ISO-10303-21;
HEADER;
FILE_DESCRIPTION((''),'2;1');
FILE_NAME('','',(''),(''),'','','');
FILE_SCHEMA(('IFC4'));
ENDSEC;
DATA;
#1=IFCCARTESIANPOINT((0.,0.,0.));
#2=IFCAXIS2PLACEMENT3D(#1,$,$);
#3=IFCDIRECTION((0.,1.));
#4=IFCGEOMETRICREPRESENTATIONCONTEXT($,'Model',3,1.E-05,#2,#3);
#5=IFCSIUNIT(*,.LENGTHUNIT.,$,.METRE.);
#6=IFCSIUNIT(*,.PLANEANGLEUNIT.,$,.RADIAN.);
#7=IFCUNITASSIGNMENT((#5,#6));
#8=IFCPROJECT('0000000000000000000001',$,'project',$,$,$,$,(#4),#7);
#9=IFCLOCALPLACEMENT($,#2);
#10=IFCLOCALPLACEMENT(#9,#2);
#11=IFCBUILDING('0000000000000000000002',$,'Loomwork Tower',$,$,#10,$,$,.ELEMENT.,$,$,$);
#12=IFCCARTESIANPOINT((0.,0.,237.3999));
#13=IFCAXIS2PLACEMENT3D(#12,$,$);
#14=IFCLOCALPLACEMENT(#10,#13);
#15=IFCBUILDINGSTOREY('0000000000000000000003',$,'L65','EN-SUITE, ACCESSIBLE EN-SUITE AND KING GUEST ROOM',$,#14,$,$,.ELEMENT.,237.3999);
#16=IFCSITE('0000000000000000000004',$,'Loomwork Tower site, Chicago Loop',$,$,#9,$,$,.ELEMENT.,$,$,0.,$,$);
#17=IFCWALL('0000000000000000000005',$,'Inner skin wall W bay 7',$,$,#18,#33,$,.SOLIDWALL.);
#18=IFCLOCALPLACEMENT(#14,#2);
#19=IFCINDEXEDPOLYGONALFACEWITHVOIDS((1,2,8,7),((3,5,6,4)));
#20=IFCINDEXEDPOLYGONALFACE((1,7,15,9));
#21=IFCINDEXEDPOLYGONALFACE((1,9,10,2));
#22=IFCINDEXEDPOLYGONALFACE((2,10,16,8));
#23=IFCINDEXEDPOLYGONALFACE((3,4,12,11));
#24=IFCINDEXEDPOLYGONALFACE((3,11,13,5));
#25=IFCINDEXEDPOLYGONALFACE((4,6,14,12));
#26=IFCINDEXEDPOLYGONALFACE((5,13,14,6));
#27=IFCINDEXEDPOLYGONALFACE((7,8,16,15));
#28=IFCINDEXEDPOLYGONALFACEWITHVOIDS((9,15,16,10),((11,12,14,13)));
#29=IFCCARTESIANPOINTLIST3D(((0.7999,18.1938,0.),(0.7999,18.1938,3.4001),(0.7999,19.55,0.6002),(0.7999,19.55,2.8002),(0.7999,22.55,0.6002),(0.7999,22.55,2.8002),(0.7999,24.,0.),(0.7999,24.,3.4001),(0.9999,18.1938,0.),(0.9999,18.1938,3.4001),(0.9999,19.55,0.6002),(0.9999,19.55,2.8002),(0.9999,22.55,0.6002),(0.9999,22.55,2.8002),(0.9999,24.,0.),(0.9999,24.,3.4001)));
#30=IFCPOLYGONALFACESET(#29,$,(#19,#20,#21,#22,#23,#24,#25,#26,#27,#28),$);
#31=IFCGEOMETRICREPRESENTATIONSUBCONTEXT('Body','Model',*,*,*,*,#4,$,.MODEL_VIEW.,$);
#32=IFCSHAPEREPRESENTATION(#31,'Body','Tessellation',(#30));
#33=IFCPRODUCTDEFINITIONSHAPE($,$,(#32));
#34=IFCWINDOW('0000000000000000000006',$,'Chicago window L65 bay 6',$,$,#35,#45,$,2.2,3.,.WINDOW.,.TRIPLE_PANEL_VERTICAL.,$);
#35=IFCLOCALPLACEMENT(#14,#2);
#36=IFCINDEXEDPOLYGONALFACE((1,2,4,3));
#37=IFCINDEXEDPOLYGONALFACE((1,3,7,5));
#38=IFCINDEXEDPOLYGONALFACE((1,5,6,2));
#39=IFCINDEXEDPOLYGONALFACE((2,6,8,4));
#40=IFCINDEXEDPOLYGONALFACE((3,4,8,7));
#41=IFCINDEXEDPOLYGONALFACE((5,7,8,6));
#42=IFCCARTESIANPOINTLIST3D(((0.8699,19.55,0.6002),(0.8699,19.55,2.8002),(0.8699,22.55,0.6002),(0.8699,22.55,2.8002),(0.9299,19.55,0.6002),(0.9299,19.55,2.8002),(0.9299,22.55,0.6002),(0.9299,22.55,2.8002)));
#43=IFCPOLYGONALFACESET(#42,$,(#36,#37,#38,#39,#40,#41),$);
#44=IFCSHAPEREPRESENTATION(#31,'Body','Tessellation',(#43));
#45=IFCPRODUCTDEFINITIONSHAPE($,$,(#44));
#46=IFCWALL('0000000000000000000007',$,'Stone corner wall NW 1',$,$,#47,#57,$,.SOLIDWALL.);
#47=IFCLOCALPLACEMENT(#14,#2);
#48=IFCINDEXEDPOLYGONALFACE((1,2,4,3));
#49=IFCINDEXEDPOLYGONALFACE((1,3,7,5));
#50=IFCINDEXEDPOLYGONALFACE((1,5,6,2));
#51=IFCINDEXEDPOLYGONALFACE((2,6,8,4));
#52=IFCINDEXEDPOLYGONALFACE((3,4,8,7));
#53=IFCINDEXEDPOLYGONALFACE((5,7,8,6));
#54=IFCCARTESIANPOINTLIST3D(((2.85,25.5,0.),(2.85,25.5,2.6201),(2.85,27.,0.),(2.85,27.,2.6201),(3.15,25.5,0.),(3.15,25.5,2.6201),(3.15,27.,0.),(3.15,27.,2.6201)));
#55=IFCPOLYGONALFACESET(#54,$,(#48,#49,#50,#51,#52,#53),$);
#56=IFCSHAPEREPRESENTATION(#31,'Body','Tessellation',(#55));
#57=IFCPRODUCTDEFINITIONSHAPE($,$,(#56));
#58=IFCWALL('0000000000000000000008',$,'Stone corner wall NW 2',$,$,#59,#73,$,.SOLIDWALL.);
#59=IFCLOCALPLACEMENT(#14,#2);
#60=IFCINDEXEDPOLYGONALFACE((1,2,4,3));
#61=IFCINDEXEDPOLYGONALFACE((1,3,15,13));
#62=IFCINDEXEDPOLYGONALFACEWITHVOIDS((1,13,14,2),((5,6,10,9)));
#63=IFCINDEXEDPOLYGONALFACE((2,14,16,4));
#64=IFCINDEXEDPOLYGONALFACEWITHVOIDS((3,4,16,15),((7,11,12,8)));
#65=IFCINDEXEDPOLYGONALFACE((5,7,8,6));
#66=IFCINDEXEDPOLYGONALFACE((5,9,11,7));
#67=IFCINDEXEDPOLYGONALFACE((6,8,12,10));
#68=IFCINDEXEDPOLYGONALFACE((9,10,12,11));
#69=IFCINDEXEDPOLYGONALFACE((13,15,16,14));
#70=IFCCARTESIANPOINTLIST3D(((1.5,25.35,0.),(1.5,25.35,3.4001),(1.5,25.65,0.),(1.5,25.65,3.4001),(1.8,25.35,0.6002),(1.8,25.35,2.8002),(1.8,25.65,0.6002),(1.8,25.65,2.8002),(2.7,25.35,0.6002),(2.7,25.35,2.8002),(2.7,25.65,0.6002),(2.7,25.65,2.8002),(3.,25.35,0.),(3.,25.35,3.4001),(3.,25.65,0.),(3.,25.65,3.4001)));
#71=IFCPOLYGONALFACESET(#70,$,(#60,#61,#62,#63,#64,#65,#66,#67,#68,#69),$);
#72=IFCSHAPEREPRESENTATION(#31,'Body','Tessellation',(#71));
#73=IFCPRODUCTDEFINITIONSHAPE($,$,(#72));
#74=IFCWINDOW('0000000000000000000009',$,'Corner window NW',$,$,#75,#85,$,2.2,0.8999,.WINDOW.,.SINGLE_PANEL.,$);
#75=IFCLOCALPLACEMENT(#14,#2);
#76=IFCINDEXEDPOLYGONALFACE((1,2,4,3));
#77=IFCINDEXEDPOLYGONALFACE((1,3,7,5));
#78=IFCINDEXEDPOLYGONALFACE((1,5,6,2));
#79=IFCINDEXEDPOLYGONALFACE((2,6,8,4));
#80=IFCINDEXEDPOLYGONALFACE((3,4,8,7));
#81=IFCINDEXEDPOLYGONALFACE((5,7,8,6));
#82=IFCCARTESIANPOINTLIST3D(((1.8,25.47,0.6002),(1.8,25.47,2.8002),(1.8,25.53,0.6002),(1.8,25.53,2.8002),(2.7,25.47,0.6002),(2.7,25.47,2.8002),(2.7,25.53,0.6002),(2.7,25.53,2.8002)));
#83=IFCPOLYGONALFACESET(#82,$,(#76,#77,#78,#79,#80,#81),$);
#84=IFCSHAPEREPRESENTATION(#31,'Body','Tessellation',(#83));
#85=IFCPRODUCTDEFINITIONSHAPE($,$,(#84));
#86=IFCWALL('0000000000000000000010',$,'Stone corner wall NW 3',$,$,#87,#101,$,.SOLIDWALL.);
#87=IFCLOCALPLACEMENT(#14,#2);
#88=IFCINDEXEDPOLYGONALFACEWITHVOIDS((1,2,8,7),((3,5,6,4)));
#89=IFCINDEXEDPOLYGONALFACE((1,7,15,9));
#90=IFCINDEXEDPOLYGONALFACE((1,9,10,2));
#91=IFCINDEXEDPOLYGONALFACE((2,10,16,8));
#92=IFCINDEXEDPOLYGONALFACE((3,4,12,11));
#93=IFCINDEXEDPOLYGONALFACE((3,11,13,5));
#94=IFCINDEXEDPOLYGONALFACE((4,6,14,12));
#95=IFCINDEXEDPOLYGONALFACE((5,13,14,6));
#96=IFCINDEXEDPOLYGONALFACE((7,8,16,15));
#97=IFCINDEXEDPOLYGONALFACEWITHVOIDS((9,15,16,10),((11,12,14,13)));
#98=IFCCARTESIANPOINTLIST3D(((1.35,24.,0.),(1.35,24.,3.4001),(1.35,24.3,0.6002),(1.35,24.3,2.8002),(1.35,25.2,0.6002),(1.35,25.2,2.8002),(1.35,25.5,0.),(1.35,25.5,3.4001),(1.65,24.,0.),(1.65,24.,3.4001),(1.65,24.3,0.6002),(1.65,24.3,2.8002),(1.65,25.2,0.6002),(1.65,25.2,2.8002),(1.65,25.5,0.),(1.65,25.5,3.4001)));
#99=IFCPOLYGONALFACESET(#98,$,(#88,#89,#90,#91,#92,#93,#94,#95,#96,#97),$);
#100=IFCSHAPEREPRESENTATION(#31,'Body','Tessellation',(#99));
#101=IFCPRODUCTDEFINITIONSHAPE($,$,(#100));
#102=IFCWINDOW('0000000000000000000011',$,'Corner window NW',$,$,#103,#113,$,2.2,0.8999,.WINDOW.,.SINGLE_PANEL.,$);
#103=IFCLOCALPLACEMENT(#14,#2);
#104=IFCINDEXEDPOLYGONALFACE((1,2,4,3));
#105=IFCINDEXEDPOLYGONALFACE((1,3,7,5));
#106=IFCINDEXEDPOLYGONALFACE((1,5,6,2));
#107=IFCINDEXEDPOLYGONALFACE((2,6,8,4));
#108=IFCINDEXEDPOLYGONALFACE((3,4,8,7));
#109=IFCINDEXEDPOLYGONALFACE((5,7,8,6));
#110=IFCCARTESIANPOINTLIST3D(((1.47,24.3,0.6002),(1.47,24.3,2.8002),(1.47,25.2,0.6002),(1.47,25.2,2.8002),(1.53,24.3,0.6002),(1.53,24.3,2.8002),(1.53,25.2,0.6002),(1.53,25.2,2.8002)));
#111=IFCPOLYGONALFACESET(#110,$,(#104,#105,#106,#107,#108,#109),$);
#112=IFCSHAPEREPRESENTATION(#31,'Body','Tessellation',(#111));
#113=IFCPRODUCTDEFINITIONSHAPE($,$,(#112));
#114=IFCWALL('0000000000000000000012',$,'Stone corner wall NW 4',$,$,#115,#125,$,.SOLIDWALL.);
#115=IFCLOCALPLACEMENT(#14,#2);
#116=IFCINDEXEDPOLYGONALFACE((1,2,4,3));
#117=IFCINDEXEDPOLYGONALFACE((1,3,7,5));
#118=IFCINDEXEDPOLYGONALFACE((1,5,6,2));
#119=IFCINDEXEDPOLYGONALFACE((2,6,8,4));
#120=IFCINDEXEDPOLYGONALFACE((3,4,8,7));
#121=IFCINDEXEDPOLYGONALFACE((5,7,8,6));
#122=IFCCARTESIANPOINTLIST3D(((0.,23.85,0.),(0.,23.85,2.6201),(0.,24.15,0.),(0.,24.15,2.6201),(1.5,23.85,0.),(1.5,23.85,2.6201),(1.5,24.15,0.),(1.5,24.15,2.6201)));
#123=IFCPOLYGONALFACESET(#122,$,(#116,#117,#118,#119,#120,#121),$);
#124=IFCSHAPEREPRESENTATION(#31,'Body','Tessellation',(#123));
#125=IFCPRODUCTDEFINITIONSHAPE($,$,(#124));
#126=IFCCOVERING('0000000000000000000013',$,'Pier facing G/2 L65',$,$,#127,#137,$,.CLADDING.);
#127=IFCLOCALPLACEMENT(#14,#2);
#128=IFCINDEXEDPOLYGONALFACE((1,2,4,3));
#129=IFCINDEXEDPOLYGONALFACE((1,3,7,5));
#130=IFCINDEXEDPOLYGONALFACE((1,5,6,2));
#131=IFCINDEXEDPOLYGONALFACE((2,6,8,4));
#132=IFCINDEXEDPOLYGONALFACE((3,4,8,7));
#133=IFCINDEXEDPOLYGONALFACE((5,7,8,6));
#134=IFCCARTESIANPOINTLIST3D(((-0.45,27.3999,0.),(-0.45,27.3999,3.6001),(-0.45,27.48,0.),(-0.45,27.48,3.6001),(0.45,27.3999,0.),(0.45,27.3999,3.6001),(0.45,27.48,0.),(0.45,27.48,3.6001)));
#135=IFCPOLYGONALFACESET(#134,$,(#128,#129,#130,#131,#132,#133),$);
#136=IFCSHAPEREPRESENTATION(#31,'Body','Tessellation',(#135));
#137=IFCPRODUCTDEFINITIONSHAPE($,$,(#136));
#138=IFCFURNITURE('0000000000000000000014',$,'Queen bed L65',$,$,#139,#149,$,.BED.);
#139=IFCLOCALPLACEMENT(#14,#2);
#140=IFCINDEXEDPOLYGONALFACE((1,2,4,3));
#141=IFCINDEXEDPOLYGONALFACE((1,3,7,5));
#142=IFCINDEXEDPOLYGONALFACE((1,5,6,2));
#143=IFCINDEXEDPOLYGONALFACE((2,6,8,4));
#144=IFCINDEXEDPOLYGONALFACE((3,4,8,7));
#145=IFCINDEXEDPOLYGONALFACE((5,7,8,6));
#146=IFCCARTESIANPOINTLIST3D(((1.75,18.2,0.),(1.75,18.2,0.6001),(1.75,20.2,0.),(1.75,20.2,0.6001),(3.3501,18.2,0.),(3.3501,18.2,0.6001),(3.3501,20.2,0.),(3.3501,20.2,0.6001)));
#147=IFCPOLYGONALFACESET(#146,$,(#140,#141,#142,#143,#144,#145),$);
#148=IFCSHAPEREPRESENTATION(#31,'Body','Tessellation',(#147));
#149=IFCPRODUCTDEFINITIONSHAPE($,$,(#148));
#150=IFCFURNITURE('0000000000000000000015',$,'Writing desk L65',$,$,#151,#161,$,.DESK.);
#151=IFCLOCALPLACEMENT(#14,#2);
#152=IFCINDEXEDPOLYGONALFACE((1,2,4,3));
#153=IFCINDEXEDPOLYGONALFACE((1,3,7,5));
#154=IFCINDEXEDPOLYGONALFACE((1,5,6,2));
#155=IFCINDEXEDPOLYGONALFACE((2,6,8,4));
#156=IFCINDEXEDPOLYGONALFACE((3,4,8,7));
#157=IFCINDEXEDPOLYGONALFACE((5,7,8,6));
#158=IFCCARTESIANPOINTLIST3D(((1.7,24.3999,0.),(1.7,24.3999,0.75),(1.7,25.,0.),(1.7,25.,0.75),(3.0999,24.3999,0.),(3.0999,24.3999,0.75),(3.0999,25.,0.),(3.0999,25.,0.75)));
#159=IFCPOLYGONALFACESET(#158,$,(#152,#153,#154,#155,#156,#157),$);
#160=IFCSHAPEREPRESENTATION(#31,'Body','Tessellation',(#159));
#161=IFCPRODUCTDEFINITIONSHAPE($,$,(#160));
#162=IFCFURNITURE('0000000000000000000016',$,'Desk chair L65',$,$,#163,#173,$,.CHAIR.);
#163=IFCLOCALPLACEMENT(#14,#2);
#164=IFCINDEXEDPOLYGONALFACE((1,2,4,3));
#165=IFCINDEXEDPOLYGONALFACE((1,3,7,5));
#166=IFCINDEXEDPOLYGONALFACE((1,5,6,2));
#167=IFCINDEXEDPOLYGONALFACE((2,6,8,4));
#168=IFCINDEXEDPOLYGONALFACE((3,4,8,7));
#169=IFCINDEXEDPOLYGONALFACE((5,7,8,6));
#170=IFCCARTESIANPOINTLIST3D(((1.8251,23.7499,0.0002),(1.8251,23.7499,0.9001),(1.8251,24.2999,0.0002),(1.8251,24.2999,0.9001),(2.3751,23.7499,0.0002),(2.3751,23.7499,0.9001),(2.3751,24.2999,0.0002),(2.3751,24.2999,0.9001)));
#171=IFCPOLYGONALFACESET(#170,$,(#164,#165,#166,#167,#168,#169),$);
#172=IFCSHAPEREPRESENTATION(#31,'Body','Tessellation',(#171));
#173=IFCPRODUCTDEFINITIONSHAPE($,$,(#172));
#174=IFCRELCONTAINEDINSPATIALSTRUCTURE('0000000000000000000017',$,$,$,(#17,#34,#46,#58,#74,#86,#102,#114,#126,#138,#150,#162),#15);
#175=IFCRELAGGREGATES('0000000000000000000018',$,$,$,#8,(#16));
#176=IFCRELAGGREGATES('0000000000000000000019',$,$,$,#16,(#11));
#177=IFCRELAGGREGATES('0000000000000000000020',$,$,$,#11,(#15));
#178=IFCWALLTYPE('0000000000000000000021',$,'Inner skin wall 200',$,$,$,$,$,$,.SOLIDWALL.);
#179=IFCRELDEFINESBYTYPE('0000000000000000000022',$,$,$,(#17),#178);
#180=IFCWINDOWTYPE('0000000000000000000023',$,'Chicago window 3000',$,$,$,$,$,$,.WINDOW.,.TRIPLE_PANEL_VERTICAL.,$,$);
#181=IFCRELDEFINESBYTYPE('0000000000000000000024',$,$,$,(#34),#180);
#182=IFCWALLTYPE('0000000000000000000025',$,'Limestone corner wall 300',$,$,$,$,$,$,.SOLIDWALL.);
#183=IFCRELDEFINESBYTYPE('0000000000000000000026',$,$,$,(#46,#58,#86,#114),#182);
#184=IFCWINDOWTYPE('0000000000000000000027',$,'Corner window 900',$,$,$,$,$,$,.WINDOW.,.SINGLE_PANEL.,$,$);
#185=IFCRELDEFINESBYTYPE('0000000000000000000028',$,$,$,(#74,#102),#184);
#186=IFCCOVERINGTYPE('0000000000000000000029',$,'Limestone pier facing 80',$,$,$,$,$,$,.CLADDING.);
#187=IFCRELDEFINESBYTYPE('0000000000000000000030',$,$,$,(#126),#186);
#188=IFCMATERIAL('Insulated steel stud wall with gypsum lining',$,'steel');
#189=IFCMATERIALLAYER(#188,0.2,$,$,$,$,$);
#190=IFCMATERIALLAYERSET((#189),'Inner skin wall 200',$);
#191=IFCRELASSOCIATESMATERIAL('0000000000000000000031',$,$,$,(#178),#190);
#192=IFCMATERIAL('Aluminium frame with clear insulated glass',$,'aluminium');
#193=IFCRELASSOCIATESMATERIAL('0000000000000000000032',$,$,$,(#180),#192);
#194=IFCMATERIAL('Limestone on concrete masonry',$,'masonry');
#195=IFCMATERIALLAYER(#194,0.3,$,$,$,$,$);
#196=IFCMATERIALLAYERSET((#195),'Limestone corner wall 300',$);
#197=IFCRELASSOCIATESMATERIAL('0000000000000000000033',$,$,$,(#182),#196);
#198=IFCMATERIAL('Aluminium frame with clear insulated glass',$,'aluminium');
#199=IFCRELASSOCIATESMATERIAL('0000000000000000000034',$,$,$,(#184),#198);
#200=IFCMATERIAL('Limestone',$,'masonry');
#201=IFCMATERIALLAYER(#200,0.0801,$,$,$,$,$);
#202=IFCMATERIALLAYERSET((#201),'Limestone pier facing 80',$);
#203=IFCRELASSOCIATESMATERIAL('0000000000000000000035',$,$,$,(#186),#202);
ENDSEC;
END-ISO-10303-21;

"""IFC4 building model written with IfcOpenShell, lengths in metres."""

from ifc_helpers import new_model, si_unit, direction, frame, frame_2d, origin, origin_2d, place, context, subcontext, project, spatial, rectangle, extrude, material, layer, layer_set, type_object, element, fill, save


model = new_model("IFC4")

# Units and contexts
model_context = context("Model", 3, precision=1e-05, world=origin(), true_north=direction((0.0, 1.0)))
body_context = subcontext(model_context, "Body", "Model", "MODEL_VIEW")
ifc_project = project(units=[si_unit("LENGTHUNIT", "METRE"), si_unit("PLANEANGLEUNIT", "RADIAN")], contexts=[model_context])

# Site, building, storey
site_placement = place(None, origin())
site = spatial("IfcSite", under=ifc_project, at=site_placement, Name="Loomwork Tower site, Chicago Loop", CompositionType="ELEMENT", RefElevation=0.0)
building_placement = place(site_placement, origin())
building = spatial("IfcBuilding", under=site, at=building_placement, Name="Loomwork Tower", CompositionType="ELEMENT")
storey_placement = place(building_placement, frame((0.0, 0.0, 237.3999)))
storey = spatial("IfcBuildingStorey", under=building, at=storey_placement, Name="L65", Description="EN-SUITE, ACCESSIBLE EN-SUITE AND KING GUEST ROOM", CompositionType="ELEMENT", Elevation=237.3999)

# Wall, opening, window
ifc_material_1 = material(Name="Insulated steel stud wall with gypsum lining", Category="steel")
ifc_layer_1 = layer(ifc_material_1, 0.2)
ifc_layer_set_1 = layer_set([ifc_layer_1], Name="Inner skin wall 200")
wall_type_1 = type_object("IfcWallType", Name="Inner skin wall 200", PredefinedType="SOLIDWALL", material=ifc_layer_set_1)
wall_1_placement = place(storey_placement, frame((0.8999, 18.1938, 0.0), z_axis=(0.0, 0.0, 1.0), x_axis=(0.0, 1.0, 0.0)))
wall_1 = element("IfcWall", 1, at=wall_1_placement, inside=storey, type_object=wall_type_1, Name="Inner skin wall W bay 7", PredefinedType="SOLIDWALL", context=body_context, shape_type="SweptSolid", body=[
    extrude(rectangle(XDim=5.8062, YDim=0.2, at=frame_2d((2.9031, 0.0))), origin(), (0.0, 0.0, 1.0), 3.4001),
])
opening_1_placement = place(wall_1_placement, frame((1.3562, 0.0, 0.6001)))
opening_1 = element("IfcOpeningElement", 2, at=opening_1_placement, cuts=wall_1, PredefinedType="OPENING", context=body_context, shape_type="SweptSolid", body=[
    extrude(rectangle(XDim=3.0, YDim=2.2, at=frame_2d((1.5, 1.1001))), frame((0.0, 0.1099, 0.0), z_axis=(0.0, -1.0, 0.0), x_axis=(1.0, 0.0, 0.0)), (0.0, 0.0, 1.0), 0.22),
])
ifc_material_2 = material(Name="Aluminium frame with clear insulated glass", Category="aluminium")
window_type_1 = type_object("IfcWindowType", Name="Chicago window 3000", PartitioningType="TRIPLE_PANEL_VERTICAL", PredefinedType="WINDOW", material=ifc_material_2)
window_1_placement = place(opening_1_placement, origin())
window_1 = element("IfcWindow", 3, at=window_1_placement, inside=storey, type_object=window_type_1, Name="Chicago window L65 bay 6", OverallHeight=2.2, OverallWidth=3.0, PartitioningType="TRIPLE_PANEL_VERTICAL", PredefinedType="WINDOW", context=body_context, shape_type="SweptSolid", body=[
    extrude(rectangle(XDim=3.0, YDim=2.2, at=frame_2d((1.5, 1.1001))), frame((0.0, 0.03, 0.0), z_axis=(0.0, -1.0, 0.0), x_axis=(1.0, 0.0, 0.0)), (0.0, 0.0, 1.0), 0.0601),
])
fill(opening_1, window_1)

# Wall
ifc_material_3 = material(Name="Limestone on concrete masonry", Category="masonry")
ifc_layer_2 = layer(ifc_material_3, 0.3)
ifc_layer_set_2 = layer_set([ifc_layer_2], Name="Limestone corner wall 300")
wall_type_2 = type_object("IfcWallType", Name="Limestone corner wall 300", PredefinedType="SOLIDWALL", material=ifc_layer_set_2)
wall_2_placement = place(storey_placement, frame((3.0, 27.0, 0.0), z_axis=(0.0, 0.0, 1.0), x_axis=(0.0, -1.0, 0.0)))
element("IfcWall", 4, at=wall_2_placement, inside=storey, type_object=wall_type_2, Name="Stone corner wall NW 1", PredefinedType="SOLIDWALL", context=body_context, shape_type="SweptSolid", body=[
    extrude(rectangle(XDim=1.5, YDim=0.3, at=frame_2d((0.75, 0.0))), origin(), (0.0, 0.0, 1.0), 2.6201),
])

# Walls, openings, windows
wall_3_placement = place(storey_placement, frame((3.0, 25.5, 0.0), z_axis=(0.0, 0.0, 1.0), x_axis=(-1.0, 0.0, 0.0)))
wall_3 = element("IfcWall", 5, at=wall_3_placement, inside=storey, type_object=wall_type_2, Name="Stone corner wall NW 2", PredefinedType="SOLIDWALL", context=body_context, shape_type="SweptSolid", body=[
    extrude(rectangle(XDim=1.5, YDim=0.3, at=frame_2d((0.75, 0.0))), origin(), (0.0, 0.0, 1.0), 3.4001),
])
opening_2_placement = place(wall_3_placement, frame((0.3, 0.0, 0.6001)))
opening_2 = element("IfcOpeningElement", 6, at=opening_2_placement, cuts=wall_3, PredefinedType="OPENING", context=body_context, shape_type="SweptSolid", body=[
    extrude(rectangle(XDim=0.8999, YDim=2.2, at=frame_2d((0.45, 1.1001))), frame((0.0, 0.1599, 0.0), z_axis=(0.0, -1.0, 0.0), x_axis=(1.0, 0.0, 0.0)), (0.0, 0.0, 1.0), 0.3201),
])
ifc_material_4 = material(Name="Aluminium frame with clear insulated glass", Category="aluminium")
window_type_2 = type_object("IfcWindowType", Name="Corner window 900", PartitioningType="SINGLE_PANEL", PredefinedType="WINDOW", material=ifc_material_4)
window_2_placement = place(opening_2_placement, origin())
window_2 = element("IfcWindow", 7, at=window_2_placement, inside=storey, type_object=window_type_2, Name="Corner window NW", OverallHeight=2.2, OverallWidth=0.8999, PartitioningType="SINGLE_PANEL", PredefinedType="WINDOW", context=body_context, shape_type="SweptSolid", body=[
    extrude(rectangle(XDim=0.8999, YDim=2.2, at=frame_2d((0.45, 1.1001))), frame((0.0, 0.03, 0.0), z_axis=(0.0, -1.0, 0.0), x_axis=(1.0, 0.0, 0.0)), (0.0, 0.0, 1.0), 0.0601),
])
fill(opening_2, window_2)
wall_4_placement = place(storey_placement, frame((1.5, 25.5, 0.0), z_axis=(0.0, 0.0, 1.0), x_axis=(0.0, -1.0, 0.0)))
wall_4 = element("IfcWall", 8, at=wall_4_placement, inside=storey, type_object=wall_type_2, Name="Stone corner wall NW 3", PredefinedType="SOLIDWALL", context=body_context, shape_type="SweptSolid", body=[
    extrude(rectangle(XDim=1.5, YDim=0.3, at=frame_2d((0.75, 0.0))), origin(), (0.0, 0.0, 1.0), 3.4001),
])
opening_3_placement = place(wall_4_placement, frame((0.3, 0.0, 0.6001)))
opening_3 = element("IfcOpeningElement", 9, at=opening_3_placement, cuts=wall_4, PredefinedType="OPENING", context=body_context, shape_type="SweptSolid", body=[
    extrude(rectangle(XDim=0.8999, YDim=2.2, at=frame_2d((0.45, 1.1001))), frame((0.0, 0.1599, 0.0), z_axis=(0.0, -1.0, 0.0), x_axis=(1.0, 0.0, 0.0)), (0.0, 0.0, 1.0), 0.3201),
])
window_3_placement = place(opening_3_placement, origin())
window_3 = element("IfcWindow", 10, at=window_3_placement, inside=storey, type_object=window_type_2, Name="Corner window NW", OverallHeight=2.2, OverallWidth=0.8999, PartitioningType="SINGLE_PANEL", PredefinedType="WINDOW", context=body_context, shape_type="SweptSolid", body=[
    extrude(rectangle(XDim=0.8999, YDim=2.2, at=frame_2d((0.45, 1.1001))), frame((0.0, 0.03, 0.0), z_axis=(0.0, -1.0, 0.0), x_axis=(1.0, 0.0, 0.0)), (0.0, 0.0, 1.0), 0.0601),
])
fill(opening_3, window_3)

# Wall
wall_5_placement = place(storey_placement, frame((1.5, 24.0, 0.0), z_axis=(0.0, 0.0, 1.0), x_axis=(-1.0, 0.0, 0.0)))
element("IfcWall", 11, at=wall_5_placement, inside=storey, type_object=wall_type_2, Name="Stone corner wall NW 4", PredefinedType="SOLIDWALL", context=body_context, shape_type="SweptSolid", body=[
    extrude(rectangle(XDim=1.5, YDim=0.3, at=frame_2d((0.75, 0.0))), origin(), (0.0, 0.0, 1.0), 2.6201),
])

# Covering
ifc_material_5 = material(Name="Limestone", Category="masonry")
ifc_layer_3 = layer(ifc_material_5, 0.0801)
ifc_layer_set_3 = layer_set([ifc_layer_3], Name="Limestone pier facing 80")
covering_type = type_object("IfcCoveringType", Name="Limestone pier facing 80", PredefinedType="CLADDING", material=ifc_layer_set_3)
covering_placement = place(storey_placement, frame((0.0, 27.4399, 0.0), z_axis=(0.0, 0.0, 1.0), x_axis=(1.0, 0.0, 0.0)))
element("IfcCovering", 12, at=covering_placement, inside=storey, type_object=covering_type, Name="Pier facing G/2 L65", PredefinedType="CLADDING", context=body_context, shape_type="SweptSolid", body=[
    extrude(rectangle(XDim=0.8999, YDim=0.0801, at=origin_2d()), origin(), (0.0, 0.0, 1.0), 3.6001),
])

# Furniture
furniture_1_placement = place(storey_placement, frame((2.55, 19.2, 0.0), z_axis=(0.0, 0.0, 1.0), x_axis=(1.0, 0.0, 0.0)))
element("IfcFurniture", 13, at=furniture_1_placement, inside=storey, Name="Queen bed L65", PredefinedType="BED", context=body_context, shape_type="SweptSolid", body=[
    extrude(rectangle(XDim=1.6001, YDim=2.0, at=origin_2d()), origin(), (0.0, 0.0, 1.0), 0.6001),
])
furniture_2_placement = place(storey_placement, frame((2.3999, 24.7, 0.0), z_axis=(0.0, 0.0, 1.0), x_axis=(1.0, 0.0, 0.0)))
element("IfcFurniture", 14, at=furniture_2_placement, inside=storey, Name="Writing desk L65", PredefinedType="DESK", context=body_context, shape_type="SweptSolid", body=[
    extrude(rectangle(XDim=1.3999, YDim=0.6001, at=origin_2d()), origin(), (0.0, 0.0, 1.0), 0.75),
])
furniture_3_placement = place(storey_placement, frame((2.1001, 24.0249, 0.0002), z_axis=(0.0, 0.0, 1.0), x_axis=(1.0, 0.0, 0.0)))
element("IfcFurniture", 15, at=furniture_3_placement, inside=storey, Name="Desk chair L65", PredefinedType="CHAIR", context=body_context, shape_type="SweptSolid", body=[
    extrude(rectangle(XDim=0.55, YDim=0.55, at=origin_2d()), origin(), (0.0, 0.0, 1.0), 0.8999),
])

save(model, "model.ifc")
